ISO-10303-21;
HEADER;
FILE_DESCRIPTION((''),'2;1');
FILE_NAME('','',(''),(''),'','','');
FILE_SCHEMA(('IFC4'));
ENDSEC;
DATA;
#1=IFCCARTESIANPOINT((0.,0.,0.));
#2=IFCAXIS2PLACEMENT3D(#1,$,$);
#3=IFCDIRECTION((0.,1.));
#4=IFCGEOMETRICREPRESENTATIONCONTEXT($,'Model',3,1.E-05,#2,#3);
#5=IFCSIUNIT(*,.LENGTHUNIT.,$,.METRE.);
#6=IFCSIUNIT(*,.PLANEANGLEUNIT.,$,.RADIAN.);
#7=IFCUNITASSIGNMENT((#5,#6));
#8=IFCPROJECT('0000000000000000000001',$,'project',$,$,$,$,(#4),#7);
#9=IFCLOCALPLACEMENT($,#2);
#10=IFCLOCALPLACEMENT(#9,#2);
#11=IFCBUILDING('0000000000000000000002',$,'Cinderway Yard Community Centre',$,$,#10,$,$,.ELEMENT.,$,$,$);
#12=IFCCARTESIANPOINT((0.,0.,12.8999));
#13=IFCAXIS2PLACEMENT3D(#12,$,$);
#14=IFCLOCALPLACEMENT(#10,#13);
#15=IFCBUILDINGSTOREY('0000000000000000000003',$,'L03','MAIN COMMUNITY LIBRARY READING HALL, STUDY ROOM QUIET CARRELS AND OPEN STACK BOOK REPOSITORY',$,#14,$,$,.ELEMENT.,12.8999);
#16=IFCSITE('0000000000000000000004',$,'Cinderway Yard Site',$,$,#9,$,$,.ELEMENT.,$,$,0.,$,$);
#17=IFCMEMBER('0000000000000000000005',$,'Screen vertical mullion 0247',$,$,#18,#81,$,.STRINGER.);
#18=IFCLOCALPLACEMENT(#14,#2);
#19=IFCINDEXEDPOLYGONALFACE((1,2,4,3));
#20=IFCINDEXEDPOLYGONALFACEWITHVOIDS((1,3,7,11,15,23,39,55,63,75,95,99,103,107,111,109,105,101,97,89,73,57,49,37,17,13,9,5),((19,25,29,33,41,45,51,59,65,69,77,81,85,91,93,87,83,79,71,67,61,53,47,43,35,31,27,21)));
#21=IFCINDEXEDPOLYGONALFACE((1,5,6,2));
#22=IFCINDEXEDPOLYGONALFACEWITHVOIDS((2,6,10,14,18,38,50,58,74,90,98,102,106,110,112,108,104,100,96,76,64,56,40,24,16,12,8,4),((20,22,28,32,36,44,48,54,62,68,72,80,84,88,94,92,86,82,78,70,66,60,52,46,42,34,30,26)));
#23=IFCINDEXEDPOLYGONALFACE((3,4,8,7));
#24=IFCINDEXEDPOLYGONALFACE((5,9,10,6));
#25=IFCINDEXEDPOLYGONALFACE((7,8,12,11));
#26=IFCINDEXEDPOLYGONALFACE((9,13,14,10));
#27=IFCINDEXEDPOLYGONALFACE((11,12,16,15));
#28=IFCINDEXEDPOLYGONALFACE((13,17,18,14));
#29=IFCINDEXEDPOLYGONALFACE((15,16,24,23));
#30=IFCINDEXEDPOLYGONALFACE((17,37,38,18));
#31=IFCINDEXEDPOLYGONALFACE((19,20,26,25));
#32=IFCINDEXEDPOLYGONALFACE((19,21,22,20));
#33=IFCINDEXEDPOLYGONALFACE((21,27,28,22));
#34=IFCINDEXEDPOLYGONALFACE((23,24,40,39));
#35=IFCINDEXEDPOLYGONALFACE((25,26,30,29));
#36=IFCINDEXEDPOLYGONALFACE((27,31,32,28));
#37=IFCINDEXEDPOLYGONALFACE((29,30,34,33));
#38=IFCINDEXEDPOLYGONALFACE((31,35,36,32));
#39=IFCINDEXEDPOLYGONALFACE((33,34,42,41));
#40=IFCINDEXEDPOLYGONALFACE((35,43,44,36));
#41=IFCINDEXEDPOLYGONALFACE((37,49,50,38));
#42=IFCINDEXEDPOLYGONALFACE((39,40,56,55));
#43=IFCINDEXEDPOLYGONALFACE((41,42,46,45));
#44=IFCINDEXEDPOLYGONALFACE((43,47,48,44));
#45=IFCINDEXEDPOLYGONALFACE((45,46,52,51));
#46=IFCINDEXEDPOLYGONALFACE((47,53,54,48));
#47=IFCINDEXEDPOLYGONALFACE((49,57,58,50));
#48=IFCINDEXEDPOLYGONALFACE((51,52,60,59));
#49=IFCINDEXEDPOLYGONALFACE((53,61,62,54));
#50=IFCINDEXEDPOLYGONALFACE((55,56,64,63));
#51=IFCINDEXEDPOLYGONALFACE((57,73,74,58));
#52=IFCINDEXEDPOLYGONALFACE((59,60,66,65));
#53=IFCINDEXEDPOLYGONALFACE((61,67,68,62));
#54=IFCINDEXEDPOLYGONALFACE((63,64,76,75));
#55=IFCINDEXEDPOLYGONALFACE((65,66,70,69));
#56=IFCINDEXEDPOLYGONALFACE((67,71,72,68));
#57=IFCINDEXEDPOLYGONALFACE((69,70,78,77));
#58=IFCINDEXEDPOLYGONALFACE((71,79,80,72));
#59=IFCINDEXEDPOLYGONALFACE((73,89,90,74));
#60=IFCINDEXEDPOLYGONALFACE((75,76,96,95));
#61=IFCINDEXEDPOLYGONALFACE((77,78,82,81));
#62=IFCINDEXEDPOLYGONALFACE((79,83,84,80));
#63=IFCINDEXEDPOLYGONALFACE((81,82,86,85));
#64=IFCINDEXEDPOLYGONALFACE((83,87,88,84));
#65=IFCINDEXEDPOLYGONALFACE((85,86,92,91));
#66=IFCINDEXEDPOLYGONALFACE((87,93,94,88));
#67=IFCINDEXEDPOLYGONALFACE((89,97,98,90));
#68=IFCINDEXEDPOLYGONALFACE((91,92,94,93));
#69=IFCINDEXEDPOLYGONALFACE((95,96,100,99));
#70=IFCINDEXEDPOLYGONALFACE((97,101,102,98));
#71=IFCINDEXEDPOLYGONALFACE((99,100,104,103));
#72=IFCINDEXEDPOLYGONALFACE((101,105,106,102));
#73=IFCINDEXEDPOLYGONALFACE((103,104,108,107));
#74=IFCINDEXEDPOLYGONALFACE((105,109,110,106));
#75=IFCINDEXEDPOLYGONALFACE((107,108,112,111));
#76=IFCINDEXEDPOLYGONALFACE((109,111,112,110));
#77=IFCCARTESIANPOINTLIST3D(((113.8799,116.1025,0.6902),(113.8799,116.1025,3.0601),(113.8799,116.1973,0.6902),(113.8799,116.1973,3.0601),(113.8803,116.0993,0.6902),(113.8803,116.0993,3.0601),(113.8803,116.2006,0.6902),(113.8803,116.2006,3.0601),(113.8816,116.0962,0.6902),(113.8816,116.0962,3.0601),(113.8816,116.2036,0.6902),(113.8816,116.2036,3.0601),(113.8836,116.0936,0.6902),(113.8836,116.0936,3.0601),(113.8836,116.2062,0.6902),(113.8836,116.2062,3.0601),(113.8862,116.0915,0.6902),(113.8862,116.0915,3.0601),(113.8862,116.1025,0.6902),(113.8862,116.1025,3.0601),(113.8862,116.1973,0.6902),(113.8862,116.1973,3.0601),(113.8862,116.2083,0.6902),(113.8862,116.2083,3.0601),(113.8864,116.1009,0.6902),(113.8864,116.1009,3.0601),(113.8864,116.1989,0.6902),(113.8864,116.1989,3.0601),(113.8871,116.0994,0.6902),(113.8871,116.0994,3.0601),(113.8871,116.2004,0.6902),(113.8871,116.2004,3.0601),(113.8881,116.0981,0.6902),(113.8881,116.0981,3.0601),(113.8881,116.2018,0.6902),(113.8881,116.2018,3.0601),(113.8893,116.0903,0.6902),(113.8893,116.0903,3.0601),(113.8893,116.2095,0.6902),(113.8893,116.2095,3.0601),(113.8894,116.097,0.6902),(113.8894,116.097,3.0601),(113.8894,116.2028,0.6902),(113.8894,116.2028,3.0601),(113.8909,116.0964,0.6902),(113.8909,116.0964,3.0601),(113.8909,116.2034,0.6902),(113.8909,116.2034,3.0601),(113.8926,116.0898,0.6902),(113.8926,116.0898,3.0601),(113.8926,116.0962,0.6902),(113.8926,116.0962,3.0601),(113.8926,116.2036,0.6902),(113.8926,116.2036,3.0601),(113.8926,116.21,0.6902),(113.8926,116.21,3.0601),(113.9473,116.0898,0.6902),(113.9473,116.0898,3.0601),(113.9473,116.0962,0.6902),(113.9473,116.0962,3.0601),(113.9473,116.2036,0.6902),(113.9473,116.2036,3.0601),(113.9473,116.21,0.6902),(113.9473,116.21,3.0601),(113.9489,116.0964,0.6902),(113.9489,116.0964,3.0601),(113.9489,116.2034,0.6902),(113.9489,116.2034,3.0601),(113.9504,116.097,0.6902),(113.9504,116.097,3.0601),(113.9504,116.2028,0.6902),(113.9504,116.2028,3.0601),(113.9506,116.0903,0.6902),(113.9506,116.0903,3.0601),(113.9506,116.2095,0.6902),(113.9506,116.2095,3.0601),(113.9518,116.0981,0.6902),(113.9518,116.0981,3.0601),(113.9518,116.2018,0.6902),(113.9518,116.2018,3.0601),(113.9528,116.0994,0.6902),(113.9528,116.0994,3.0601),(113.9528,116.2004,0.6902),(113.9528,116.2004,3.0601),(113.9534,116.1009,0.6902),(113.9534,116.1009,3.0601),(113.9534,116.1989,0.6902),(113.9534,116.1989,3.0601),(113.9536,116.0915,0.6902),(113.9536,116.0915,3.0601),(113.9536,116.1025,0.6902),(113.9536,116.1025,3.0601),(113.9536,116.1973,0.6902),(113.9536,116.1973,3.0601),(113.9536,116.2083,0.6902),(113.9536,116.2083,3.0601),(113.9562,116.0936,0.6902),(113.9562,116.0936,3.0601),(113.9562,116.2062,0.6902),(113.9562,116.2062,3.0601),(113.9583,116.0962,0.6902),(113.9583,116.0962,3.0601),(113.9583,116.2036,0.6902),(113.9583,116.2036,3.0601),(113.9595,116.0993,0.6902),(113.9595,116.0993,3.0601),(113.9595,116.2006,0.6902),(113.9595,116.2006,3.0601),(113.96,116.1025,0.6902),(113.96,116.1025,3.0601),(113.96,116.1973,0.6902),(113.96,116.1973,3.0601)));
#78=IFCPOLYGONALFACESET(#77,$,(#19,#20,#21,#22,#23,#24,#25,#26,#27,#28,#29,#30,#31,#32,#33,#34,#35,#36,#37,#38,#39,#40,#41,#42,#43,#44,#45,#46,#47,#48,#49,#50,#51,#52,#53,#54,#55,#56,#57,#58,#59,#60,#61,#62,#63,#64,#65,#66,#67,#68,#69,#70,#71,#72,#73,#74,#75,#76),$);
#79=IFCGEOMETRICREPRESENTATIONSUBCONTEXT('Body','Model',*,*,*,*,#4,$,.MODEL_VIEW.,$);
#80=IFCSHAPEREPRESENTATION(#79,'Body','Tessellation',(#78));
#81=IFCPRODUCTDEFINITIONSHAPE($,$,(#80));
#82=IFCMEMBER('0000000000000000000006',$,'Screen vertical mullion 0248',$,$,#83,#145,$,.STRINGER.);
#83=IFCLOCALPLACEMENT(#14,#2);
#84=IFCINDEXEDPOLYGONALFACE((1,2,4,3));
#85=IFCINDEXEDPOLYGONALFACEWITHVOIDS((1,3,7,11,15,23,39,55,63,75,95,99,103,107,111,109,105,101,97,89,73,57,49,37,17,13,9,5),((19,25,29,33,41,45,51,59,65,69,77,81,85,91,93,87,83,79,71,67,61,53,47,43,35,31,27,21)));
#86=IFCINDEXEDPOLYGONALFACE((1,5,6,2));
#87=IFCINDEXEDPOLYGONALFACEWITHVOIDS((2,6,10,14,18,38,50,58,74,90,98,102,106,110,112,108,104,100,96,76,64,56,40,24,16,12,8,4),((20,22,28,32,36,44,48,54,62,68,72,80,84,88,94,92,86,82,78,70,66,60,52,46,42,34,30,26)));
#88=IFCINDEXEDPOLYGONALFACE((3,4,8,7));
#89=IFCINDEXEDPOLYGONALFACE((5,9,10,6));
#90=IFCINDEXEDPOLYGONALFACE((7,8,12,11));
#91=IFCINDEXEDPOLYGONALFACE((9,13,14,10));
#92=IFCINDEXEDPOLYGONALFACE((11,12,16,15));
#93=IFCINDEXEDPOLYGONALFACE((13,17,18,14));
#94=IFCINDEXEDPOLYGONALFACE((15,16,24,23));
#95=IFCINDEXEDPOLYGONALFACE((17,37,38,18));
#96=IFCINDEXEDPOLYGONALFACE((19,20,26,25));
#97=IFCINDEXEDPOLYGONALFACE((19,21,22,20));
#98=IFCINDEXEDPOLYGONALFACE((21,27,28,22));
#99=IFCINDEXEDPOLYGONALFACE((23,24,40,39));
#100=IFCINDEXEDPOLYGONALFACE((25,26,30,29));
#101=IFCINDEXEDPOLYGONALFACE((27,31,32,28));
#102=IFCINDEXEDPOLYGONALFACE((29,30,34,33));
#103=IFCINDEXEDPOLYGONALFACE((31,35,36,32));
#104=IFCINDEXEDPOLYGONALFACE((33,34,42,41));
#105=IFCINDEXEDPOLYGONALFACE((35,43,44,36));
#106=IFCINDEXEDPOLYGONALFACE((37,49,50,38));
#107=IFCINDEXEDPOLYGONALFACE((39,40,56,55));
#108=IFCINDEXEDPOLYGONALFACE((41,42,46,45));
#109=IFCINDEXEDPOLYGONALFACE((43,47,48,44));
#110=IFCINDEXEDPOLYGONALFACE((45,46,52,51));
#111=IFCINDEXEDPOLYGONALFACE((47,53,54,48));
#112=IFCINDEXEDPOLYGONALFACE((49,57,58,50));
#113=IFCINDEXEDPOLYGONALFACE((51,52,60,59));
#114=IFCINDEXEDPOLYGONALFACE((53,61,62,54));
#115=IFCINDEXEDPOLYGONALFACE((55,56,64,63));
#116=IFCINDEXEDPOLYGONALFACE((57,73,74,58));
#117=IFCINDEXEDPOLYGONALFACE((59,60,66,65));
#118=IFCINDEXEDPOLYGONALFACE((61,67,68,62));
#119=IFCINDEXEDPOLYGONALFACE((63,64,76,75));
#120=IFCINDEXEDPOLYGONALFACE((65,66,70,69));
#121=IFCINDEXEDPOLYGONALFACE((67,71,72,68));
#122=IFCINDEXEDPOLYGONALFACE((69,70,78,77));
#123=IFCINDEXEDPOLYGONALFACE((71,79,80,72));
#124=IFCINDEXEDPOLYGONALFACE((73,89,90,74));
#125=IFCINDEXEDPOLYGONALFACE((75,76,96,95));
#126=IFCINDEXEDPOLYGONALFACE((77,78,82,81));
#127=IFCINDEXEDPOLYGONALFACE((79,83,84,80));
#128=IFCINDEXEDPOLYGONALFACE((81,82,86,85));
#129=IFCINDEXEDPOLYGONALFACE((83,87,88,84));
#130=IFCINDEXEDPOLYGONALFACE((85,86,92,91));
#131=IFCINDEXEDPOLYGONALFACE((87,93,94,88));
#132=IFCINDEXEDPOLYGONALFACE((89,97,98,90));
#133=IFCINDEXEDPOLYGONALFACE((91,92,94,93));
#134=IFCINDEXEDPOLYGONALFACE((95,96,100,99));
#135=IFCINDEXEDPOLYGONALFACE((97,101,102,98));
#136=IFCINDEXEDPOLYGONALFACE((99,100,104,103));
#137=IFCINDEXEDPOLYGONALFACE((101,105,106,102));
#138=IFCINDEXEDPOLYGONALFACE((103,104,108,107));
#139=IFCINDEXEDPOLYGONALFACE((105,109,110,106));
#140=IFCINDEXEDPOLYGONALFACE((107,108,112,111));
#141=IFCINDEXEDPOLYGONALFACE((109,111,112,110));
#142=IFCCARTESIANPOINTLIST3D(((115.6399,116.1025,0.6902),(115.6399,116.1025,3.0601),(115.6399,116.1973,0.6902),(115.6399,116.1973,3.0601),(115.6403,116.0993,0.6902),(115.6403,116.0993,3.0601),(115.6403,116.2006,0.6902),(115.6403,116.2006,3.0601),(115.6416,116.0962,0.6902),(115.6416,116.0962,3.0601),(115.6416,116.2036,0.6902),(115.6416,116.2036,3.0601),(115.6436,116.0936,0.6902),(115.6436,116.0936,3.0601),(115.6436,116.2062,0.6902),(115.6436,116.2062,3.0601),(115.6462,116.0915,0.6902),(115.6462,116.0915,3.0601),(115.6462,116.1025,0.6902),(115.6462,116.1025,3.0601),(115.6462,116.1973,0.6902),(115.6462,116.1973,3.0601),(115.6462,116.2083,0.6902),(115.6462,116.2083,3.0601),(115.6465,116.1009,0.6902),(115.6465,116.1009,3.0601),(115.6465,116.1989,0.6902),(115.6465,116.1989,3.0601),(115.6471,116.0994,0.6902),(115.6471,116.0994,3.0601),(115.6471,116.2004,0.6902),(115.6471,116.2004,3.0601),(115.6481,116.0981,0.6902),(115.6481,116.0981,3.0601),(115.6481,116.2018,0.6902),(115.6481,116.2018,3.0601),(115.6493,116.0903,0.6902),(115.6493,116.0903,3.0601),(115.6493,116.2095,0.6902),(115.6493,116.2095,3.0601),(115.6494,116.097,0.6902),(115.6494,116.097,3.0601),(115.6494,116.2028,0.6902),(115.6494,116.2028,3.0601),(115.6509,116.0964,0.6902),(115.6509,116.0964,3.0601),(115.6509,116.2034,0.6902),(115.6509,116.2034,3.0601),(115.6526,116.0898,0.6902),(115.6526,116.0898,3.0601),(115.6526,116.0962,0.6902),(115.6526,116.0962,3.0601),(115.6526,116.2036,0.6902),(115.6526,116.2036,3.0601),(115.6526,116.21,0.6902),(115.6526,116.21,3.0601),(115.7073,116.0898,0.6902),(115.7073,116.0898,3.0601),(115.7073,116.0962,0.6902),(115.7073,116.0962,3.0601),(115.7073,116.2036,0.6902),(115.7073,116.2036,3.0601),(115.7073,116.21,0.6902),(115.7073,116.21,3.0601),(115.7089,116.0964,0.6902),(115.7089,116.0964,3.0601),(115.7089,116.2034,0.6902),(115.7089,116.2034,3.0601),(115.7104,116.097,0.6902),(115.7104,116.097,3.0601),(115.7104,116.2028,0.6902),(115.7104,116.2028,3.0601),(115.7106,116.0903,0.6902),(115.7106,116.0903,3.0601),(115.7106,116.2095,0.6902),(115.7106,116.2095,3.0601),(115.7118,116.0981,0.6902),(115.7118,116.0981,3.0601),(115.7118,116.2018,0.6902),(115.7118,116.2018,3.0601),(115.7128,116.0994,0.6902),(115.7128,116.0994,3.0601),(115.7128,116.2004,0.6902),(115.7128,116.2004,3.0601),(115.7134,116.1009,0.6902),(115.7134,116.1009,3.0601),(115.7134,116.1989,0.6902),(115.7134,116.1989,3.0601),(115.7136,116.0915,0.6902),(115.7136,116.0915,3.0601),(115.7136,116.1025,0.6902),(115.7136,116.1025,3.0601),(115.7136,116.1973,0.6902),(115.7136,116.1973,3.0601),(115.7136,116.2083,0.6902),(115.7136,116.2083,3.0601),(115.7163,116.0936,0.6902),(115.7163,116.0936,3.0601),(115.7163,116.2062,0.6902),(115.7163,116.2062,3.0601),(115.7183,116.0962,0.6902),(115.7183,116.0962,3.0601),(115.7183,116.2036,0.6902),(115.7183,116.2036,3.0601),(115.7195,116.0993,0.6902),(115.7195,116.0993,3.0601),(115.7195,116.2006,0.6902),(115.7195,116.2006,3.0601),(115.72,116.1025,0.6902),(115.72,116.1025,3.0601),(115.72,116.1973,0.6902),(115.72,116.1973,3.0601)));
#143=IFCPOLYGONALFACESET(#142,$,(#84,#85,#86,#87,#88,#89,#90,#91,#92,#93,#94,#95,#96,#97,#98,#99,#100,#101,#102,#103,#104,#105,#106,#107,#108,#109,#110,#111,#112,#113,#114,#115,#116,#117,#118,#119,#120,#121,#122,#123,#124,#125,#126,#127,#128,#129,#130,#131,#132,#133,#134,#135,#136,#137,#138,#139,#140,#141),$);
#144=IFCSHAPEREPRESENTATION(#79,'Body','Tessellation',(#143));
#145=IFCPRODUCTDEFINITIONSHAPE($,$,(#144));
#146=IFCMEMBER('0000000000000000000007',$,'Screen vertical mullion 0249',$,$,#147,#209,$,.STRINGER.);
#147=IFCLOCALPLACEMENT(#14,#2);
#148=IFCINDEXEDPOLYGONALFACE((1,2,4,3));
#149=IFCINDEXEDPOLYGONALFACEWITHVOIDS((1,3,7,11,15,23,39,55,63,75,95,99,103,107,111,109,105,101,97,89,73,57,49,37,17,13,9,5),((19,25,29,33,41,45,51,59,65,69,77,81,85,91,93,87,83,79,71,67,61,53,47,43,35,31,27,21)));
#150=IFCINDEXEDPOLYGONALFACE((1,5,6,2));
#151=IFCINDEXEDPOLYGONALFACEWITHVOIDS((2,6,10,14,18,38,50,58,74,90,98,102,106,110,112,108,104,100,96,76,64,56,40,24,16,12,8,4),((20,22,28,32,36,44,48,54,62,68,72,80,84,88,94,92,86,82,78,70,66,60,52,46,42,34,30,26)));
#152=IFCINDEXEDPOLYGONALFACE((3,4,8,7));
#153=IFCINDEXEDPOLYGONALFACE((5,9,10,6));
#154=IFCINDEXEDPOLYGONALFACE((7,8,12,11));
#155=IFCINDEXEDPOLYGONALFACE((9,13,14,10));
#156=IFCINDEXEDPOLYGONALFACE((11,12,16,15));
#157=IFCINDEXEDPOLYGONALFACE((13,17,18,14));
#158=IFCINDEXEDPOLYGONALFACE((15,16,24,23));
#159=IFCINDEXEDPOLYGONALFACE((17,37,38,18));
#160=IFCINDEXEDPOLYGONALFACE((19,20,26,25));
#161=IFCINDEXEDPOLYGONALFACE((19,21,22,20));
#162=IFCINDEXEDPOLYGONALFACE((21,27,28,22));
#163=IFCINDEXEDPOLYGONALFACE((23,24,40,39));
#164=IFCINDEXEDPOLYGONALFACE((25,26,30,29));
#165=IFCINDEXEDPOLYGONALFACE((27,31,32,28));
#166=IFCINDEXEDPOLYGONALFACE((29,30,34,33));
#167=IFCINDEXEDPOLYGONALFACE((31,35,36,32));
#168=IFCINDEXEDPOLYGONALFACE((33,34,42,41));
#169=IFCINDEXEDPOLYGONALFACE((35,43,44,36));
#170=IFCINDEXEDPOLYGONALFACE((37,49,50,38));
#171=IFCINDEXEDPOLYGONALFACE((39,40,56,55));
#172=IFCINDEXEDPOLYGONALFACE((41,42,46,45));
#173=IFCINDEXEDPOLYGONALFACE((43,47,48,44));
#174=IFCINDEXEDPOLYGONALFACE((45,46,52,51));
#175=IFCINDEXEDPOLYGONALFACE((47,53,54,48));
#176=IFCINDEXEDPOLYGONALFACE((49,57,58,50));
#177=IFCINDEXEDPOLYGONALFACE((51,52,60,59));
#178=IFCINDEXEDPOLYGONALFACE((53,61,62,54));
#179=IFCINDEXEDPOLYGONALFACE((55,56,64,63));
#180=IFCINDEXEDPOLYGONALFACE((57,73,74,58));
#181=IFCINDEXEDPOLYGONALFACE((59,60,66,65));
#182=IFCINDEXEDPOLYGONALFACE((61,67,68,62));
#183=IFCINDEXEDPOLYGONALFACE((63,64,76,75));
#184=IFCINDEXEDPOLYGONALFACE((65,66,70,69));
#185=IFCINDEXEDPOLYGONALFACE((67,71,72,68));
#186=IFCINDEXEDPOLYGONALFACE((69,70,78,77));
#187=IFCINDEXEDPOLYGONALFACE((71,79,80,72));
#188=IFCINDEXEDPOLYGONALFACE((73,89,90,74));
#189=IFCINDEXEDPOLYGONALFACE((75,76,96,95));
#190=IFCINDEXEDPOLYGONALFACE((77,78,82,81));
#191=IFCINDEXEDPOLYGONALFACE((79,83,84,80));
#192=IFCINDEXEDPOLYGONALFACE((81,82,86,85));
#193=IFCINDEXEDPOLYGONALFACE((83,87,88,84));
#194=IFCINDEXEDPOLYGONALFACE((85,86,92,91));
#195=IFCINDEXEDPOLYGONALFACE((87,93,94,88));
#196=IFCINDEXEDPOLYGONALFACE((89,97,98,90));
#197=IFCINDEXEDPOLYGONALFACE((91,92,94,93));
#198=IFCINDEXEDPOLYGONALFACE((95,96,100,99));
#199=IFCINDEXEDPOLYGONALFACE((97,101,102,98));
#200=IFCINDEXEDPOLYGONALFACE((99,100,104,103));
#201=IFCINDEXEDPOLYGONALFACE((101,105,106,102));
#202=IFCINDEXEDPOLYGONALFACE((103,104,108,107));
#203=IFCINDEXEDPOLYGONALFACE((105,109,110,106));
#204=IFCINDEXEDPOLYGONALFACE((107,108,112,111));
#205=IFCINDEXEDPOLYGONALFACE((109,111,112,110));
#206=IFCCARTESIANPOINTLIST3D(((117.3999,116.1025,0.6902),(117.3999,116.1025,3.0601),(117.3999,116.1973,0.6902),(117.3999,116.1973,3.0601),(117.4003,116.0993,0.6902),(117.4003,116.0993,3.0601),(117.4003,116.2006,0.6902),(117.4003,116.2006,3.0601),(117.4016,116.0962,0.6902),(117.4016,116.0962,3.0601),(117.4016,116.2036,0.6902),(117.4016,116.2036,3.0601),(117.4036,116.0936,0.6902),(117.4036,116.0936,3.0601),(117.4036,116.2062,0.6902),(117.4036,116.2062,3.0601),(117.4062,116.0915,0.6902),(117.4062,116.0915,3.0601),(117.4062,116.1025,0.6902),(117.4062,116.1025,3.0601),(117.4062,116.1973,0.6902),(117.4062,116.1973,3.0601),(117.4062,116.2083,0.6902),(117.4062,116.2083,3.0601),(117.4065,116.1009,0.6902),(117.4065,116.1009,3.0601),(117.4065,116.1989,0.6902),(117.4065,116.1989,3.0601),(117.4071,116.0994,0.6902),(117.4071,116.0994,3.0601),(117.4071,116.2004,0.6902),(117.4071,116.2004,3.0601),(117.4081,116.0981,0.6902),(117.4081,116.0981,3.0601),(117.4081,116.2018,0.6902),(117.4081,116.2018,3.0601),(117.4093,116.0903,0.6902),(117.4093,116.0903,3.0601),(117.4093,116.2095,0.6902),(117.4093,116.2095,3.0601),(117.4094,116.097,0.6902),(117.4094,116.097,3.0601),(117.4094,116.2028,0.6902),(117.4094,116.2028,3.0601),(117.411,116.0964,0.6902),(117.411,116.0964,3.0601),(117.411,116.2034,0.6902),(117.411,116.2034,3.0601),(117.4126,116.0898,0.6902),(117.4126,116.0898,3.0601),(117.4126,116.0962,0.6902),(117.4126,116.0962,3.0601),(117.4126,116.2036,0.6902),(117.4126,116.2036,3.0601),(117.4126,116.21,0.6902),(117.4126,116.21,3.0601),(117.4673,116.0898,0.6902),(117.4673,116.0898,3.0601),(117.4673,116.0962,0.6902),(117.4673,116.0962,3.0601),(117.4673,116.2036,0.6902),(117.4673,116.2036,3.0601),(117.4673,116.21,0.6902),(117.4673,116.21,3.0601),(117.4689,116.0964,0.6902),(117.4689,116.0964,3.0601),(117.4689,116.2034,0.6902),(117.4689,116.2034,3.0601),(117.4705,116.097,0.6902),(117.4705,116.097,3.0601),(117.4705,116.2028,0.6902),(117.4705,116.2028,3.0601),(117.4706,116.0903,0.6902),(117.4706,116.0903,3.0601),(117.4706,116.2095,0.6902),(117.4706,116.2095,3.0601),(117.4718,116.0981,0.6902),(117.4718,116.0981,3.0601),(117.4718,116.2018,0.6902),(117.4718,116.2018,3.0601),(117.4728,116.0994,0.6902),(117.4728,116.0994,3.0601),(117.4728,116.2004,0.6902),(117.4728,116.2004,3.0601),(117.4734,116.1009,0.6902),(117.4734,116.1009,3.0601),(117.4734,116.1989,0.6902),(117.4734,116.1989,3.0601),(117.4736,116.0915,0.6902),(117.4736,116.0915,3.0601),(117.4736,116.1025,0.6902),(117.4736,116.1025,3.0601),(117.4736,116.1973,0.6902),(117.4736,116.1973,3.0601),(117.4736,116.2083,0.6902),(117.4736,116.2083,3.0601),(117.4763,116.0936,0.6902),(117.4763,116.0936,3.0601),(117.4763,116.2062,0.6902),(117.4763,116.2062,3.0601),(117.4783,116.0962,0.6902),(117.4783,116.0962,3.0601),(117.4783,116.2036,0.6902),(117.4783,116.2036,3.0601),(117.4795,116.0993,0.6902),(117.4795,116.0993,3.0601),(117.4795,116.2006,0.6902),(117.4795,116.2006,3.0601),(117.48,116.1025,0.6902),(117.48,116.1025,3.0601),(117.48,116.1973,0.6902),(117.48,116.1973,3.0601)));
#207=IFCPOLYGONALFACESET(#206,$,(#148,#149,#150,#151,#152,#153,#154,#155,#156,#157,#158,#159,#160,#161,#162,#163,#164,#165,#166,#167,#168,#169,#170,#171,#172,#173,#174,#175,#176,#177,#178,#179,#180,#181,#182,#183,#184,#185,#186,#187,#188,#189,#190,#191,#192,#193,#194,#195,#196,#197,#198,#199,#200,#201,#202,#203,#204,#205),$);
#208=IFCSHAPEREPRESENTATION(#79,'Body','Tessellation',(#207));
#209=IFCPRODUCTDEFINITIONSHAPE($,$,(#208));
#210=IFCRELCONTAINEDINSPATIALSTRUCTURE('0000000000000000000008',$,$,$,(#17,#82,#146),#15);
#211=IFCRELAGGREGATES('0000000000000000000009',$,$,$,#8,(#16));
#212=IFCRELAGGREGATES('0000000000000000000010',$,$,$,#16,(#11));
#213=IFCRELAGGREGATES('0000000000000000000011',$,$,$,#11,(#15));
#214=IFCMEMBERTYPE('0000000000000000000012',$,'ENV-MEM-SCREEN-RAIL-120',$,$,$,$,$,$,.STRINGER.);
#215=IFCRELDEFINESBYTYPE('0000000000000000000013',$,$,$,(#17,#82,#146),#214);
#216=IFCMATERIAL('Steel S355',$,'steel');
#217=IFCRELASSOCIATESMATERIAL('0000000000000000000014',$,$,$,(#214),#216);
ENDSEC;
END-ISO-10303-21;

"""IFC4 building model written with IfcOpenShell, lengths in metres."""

from ifc_helpers import new_model, si_unit, direction, frame, origin, origin_2d, place, context, subcontext, project, spatial, hollow_rectangle, extrude, material, material_profile, profile_set, type_object, element, save


model = new_model("IFC4")

# Units and contexts
model_context = context("Model", 3, precision=1e-05, world=origin(), true_north=direction((0.0, 1.0)))
body_context = subcontext(model_context, "Body", "Model", "MODEL_VIEW")
ifc_project = project(units=[si_unit("LENGTHUNIT", "METRE"), si_unit("PLANEANGLEUNIT", "RADIAN")], contexts=[model_context])

# Site, building, storey
site_placement = place(None, origin())
site = spatial("IfcSite", under=ifc_project, at=site_placement, Name="Cinderway Yard Site", CompositionType="ELEMENT", RefElevation=0.0)
building_placement = place(site_placement, origin())
building = spatial("IfcBuilding", under=site, at=building_placement, Name="Cinderway Yard Community Centre", CompositionType="ELEMENT")
storey_placement = place(building_placement, frame((0.0, 0.0, 12.8999)))
storey = spatial("IfcBuildingStorey", under=building, at=storey_placement, Name="L03", Description="MAIN COMMUNITY LIBRARY READING HALL, STUDY ROOM QUIET CARRELS AND OPEN STACK BOOK REPOSITORY", CompositionType="ELEMENT", Elevation=12.8999)

# Members
ifc_material_1 = material(Name="Steel S355", Category="steel")
ifc_material_profile = material_profile(ifc_material_1, hollow_rectangle(XDim=0.0801, YDim=0.1201, WallThickness=0.0063, InnerFilletRadius=0.0063, OuterFilletRadius=0.0127, at=origin_2d()), Name="Steel S355")
ifc_profile_set = profile_set([ifc_material_profile], Name="Steel S355")
member_type = type_object("IfcMemberType", Name="ENV-MEM-SCREEN-RAIL-120", PredefinedType="STRINGER", material=ifc_profile_set)
for number, where, z_axis, x_axis, name in (
    (1, (113.9199, 116.1499, 0.6902), (0.0, 0.0, 1.0), (1.0, 0.0, 0.0), "Screen vertical mullion 0247"),
    (2, (115.6799, 116.1499, 0.6902), (0.0, 0.0, 1.0), (1.0, 0.0, 0.0), "Screen vertical mullion 0248"),
    (3, (117.4399, 116.1499, 0.6902), (0.0, 0.0, 1.0), (1.0, 0.0, 0.0), "Screen vertical mullion 0249"),
):
    element("IfcMember", number, at=place(storey_placement, frame(where, z_axis=z_axis, x_axis=x_axis)), inside=storey, type_object=member_type, Name=name, PredefinedType="STRINGER", context=body_context, shape_type="SweptSolid", body=[
        extrude(hollow_rectangle(XDim=0.0801, YDim=0.1201, WallThickness=0.0063, InnerFilletRadius=0.0063, OuterFilletRadius=0.0127, at=origin_2d()), origin(), (0.0, 0.0, 1.0), 2.3699),
    ])

save(model, "model.ifc")
